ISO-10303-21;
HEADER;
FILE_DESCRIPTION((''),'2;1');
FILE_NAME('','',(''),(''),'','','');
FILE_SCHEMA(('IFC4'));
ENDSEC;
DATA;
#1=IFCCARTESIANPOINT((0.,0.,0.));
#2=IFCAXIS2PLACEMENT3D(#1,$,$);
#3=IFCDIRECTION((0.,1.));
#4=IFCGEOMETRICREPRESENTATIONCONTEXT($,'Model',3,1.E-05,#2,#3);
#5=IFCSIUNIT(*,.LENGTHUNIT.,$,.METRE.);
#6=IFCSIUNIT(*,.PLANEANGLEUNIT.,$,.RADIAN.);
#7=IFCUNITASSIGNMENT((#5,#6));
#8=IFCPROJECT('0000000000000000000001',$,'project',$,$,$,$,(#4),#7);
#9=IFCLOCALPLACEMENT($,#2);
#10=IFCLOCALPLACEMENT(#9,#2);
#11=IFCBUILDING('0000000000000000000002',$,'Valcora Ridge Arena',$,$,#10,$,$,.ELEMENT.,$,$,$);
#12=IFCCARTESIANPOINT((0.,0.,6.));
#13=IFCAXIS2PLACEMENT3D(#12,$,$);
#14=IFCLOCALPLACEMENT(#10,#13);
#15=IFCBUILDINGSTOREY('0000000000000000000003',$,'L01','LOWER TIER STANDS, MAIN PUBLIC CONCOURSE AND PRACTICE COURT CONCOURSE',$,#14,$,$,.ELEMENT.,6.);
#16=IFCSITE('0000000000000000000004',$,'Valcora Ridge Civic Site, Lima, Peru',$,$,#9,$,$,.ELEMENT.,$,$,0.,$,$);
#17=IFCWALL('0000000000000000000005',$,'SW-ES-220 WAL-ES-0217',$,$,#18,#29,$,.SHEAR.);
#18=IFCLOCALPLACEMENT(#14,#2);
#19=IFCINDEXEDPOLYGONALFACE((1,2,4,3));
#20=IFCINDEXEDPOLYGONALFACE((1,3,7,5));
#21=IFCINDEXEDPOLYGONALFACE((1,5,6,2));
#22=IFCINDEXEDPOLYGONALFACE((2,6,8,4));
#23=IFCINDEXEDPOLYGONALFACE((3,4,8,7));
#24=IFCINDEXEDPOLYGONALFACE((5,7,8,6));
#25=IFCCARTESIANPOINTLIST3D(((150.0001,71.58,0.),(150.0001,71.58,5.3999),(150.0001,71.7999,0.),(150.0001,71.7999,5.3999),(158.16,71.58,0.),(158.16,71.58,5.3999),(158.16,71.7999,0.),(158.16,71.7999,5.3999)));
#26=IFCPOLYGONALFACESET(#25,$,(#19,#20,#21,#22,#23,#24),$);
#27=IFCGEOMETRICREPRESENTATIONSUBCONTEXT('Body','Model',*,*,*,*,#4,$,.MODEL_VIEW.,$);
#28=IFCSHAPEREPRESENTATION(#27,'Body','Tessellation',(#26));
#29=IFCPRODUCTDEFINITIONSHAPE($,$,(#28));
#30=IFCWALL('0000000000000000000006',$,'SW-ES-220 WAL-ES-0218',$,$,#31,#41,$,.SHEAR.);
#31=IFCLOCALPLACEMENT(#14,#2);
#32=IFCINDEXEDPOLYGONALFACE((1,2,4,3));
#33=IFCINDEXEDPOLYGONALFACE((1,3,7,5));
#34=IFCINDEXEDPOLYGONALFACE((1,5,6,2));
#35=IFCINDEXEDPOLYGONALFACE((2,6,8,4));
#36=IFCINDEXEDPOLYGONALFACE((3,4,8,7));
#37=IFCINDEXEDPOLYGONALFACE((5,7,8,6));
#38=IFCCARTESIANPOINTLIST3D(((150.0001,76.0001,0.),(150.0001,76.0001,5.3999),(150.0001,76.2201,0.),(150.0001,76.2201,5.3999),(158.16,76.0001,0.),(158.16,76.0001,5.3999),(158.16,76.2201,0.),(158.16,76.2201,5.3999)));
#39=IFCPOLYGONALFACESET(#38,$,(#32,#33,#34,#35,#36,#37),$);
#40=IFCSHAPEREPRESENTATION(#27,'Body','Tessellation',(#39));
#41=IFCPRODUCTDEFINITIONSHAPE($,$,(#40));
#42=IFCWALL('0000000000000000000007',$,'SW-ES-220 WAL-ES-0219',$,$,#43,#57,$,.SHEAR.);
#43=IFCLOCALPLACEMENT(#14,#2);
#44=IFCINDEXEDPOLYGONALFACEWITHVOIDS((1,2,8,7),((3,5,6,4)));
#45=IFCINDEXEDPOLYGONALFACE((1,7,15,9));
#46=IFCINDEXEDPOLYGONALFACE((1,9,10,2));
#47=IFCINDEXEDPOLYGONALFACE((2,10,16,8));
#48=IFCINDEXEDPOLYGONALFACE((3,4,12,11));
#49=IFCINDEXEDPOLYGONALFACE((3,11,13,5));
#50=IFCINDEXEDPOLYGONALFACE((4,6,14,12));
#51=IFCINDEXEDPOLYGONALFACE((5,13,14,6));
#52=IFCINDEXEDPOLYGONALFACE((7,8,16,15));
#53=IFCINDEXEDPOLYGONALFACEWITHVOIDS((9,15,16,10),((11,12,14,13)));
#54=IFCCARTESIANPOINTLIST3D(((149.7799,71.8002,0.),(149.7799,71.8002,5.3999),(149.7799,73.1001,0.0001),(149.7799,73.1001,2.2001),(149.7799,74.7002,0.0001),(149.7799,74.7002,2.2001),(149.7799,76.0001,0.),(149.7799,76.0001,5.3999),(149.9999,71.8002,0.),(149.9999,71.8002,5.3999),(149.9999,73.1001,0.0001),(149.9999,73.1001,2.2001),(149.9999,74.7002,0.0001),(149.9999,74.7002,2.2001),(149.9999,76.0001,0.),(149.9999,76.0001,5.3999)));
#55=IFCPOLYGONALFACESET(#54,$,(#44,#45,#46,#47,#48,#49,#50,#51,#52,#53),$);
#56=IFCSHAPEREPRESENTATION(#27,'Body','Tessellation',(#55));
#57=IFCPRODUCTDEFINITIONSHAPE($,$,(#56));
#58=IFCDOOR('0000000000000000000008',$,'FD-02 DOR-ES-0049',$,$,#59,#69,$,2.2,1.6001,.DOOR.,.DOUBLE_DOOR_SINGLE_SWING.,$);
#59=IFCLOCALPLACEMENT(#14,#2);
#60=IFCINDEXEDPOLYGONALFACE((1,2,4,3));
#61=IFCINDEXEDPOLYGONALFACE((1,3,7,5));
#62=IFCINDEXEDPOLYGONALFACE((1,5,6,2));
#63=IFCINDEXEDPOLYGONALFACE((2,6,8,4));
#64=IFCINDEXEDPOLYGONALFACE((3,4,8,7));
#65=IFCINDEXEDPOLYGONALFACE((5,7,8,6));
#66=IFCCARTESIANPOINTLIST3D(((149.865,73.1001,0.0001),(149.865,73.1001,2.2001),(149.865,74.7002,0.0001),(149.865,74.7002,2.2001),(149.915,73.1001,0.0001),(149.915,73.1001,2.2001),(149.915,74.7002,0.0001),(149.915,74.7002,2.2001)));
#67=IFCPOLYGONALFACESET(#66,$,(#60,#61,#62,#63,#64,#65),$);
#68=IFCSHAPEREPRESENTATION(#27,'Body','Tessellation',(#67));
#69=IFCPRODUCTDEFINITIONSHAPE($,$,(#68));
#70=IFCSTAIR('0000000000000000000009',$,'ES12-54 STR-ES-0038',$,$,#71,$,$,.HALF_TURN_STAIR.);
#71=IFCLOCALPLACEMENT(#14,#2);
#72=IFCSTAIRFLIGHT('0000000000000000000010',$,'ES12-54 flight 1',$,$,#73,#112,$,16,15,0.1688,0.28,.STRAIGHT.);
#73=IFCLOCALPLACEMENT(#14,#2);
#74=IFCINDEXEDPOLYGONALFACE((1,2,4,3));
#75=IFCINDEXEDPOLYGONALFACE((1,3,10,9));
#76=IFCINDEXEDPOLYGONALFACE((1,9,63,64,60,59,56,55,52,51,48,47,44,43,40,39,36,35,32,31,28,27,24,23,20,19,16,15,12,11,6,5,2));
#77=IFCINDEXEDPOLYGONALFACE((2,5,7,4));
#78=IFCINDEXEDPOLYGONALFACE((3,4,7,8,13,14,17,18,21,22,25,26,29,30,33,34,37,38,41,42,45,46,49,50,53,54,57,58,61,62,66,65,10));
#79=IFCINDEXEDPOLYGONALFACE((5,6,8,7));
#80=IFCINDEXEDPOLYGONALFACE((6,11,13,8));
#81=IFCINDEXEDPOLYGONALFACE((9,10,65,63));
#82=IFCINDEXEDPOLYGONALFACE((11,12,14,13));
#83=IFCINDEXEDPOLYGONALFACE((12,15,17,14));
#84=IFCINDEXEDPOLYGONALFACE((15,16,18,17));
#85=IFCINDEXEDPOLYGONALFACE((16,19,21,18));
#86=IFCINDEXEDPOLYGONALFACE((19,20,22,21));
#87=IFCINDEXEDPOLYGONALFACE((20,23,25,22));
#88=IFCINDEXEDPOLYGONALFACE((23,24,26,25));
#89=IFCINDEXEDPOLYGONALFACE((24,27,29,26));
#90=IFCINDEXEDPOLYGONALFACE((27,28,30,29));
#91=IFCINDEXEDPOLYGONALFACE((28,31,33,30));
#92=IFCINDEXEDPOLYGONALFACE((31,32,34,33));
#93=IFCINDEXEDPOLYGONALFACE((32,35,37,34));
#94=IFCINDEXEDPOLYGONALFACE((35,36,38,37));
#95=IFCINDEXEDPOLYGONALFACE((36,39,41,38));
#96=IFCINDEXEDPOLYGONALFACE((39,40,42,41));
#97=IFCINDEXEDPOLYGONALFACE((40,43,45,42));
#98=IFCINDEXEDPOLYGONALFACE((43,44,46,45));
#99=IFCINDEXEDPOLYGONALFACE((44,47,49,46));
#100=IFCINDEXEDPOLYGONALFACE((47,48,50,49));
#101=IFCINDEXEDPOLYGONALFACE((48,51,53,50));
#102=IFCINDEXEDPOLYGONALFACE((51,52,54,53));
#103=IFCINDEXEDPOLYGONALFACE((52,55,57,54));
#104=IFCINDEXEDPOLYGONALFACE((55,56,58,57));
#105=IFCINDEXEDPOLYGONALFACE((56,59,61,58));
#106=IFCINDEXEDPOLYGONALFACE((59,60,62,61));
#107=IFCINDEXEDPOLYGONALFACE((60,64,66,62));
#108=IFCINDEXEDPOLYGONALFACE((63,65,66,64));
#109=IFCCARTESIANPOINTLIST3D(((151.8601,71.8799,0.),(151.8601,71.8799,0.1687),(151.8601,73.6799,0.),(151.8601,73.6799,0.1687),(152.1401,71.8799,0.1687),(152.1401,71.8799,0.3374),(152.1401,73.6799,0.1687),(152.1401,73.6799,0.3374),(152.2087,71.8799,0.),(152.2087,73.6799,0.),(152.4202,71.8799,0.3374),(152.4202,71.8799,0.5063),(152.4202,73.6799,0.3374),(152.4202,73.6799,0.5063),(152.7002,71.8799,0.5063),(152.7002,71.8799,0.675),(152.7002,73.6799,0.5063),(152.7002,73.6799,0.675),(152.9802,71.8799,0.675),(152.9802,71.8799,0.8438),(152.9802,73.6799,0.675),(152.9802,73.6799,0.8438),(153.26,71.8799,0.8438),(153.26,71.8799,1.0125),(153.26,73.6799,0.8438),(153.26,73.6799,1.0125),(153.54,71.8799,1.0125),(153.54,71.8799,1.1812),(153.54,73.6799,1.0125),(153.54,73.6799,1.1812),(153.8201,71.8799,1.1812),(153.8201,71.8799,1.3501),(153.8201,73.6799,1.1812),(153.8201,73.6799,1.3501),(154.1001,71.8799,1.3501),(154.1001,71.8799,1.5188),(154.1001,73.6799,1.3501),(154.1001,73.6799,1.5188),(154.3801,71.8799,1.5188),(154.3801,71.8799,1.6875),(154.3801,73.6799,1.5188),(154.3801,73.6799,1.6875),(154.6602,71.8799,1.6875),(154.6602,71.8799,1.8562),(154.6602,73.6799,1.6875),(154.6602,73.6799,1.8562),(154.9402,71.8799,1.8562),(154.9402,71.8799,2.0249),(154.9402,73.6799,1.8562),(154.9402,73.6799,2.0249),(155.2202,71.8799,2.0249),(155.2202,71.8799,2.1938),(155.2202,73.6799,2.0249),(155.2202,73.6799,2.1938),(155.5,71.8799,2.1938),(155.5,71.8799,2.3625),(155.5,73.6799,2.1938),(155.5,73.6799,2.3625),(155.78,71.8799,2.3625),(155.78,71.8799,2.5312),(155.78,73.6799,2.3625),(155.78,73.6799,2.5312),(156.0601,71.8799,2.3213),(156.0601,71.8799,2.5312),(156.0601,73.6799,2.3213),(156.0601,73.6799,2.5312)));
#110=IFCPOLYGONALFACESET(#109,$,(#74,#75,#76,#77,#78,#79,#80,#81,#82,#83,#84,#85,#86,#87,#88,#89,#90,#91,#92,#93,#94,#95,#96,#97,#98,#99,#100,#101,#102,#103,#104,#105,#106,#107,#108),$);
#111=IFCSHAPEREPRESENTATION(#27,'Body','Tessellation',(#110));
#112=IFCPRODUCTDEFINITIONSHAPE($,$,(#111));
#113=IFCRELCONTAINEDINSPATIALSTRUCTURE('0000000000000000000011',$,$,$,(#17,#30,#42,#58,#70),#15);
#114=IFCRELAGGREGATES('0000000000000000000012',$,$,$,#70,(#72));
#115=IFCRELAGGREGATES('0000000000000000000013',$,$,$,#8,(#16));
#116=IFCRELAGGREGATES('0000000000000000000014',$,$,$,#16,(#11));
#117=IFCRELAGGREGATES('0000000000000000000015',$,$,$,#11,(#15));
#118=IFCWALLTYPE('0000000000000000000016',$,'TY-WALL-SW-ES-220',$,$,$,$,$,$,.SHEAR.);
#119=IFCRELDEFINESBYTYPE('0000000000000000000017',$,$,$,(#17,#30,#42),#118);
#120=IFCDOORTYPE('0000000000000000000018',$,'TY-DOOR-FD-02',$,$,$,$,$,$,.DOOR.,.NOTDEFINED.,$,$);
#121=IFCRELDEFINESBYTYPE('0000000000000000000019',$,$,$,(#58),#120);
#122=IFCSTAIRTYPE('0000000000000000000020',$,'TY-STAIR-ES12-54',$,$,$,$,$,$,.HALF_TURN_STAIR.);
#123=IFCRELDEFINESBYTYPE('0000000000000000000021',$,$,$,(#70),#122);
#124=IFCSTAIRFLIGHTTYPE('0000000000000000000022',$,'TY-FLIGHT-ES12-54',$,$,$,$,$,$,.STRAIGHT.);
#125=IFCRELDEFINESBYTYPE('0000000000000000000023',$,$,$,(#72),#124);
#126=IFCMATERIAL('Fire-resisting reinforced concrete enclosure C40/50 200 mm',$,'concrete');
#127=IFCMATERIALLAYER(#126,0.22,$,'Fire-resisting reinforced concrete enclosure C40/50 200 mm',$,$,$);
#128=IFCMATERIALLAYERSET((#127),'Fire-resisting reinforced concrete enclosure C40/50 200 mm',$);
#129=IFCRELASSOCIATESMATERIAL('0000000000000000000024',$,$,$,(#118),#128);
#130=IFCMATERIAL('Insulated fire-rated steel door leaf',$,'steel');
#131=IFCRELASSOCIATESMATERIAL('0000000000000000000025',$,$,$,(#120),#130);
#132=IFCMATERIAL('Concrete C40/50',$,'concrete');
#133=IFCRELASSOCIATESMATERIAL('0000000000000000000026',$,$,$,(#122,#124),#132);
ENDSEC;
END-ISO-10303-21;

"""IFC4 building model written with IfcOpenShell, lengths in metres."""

from ifc_helpers import new_model, si_unit, direction, frame, frame_2d, origin, place, context, subcontext, project, spatial, polyline, rectangle, outline, extrude, material, layer, layer_set, type_object, element, fill, aggregate, save


model = new_model("IFC4")

# Units and contexts
model_context = context("Model", 3, precision=1e-05, world=origin(), true_north=direction((0.0, 1.0)))
body_context = subcontext(model_context, "Body", "Model", "MODEL_VIEW")
ifc_project = project(units=[si_unit("LENGTHUNIT", "METRE"), si_unit("PLANEANGLEUNIT", "RADIAN")], contexts=[model_context])

# Site, building, storey
site_placement = place(None, origin())
site = spatial("IfcSite", under=ifc_project, at=site_placement, Name="Valcora Ridge Civic Site, Lima, Peru", CompositionType="ELEMENT", RefElevation=0.0)
building_placement = place(site_placement, origin())
building = spatial("IfcBuilding", under=site, at=building_placement, Name="Valcora Ridge Arena", CompositionType="ELEMENT")
storey_placement = place(building_placement, frame((0.0, 0.0, 6.0)))
storey = spatial("IfcBuildingStorey", under=building, at=storey_placement, Name="L01", Description="LOWER TIER STANDS, MAIN PUBLIC CONCOURSE AND PRACTICE COURT CONCOURSE", CompositionType="ELEMENT", Elevation=6.0)

# Walls
ifc_material_1 = material(Name="Fire-resisting reinforced concrete enclosure C40/50 200 mm", Category="concrete")
ifc_layer_1 = layer(ifc_material_1, 0.22, Name="Fire-resisting reinforced concrete enclosure C40/50 200 mm")
ifc_layer_set_1 = layer_set([ifc_layer_1], Name="Fire-resisting reinforced concrete enclosure C40/50 200 mm")
wall_type_1 = type_object("IfcWallType", Name="TY-WALL-SW-ES-220", PredefinedType="SHEAR", material=ifc_layer_set_1)
for number, where, z_axis, x_axis, name in (
    (1, (150.0, 71.6899, 0.0), (0.0, 0.0, 1.0), (1.0, 0.0, 0.0), "SW-ES-220 WAL-ES-0217"),
    (2, (150.0, 76.1101, 0.0), (0.0, 0.0, 1.0), (1.0, 0.0, 0.0), "SW-ES-220 WAL-ES-0218"),
):
    element("IfcWall", number, at=place(storey_placement, frame(where, z_axis=z_axis, x_axis=x_axis)), inside=storey, type_object=wall_type_1, Name=name, PredefinedType="SHEAR", context=body_context, shape_type="SweptSolid", body=[
        extrude(rectangle(XDim=8.1599, YDim=0.22, at=frame_2d((4.0801, 0.0))), origin(), (0.0, 0.0, 1.0), 5.3999),
    ])

# Wall, opening, door
wall_1_placement = place(storey_placement, frame((149.8899, 71.8, 0.0), z_axis=(0.0, 0.0, 1.0), x_axis=(0.0, 1.0, 0.0)))
wall_1 = element("IfcWall", 3, at=wall_1_placement, inside=storey, type_object=wall_type_1, Name="SW-ES-220 WAL-ES-0219", PredefinedType="SHEAR", context=body_context, shape_type="SweptSolid", body=[
    extrude(rectangle(XDim=4.2, YDim=0.22, at=frame_2d((2.1001, 0.0))), origin(), (0.0, 0.0, 1.0), 5.3999),
])
opening_placement = place(wall_1_placement, frame((1.3, 0.0, 0.0)))
opening = element("IfcOpeningElement", 4, at=opening_placement, cuts=wall_1, PredefinedType="OPENING", context=body_context, shape_type="SweptSolid", body=[
    extrude(rectangle(XDim=1.6001, YDim=2.2, at=frame_2d((0.8, 1.1001))), frame((0.0, 0.1199, 0.0), z_axis=(0.0, -1.0, 0.0), x_axis=(1.0, 0.0, 0.0)), (0.0, 0.0, 1.0), 0.24),
])
ifc_material_2 = material(Name="Insulated fire-rated steel door leaf", Category="steel")
door_type = type_object("IfcDoorType", Name="TY-DOOR-FD-02", OperationType="NOTDEFINED", PredefinedType="DOOR", material=ifc_material_2)
door_placement = place(opening_placement, origin())
door = element("IfcDoor", 5, at=door_placement, inside=storey, type_object=door_type, Name="FD-02 DOR-ES-0049", OperationType="DOUBLE_DOOR_SINGLE_SWING", OverallHeight=2.2, OverallWidth=1.6001, PredefinedType="DOOR", context=body_context, shape_type="SweptSolid", body=[
    extrude(rectangle(XDim=1.6001, YDim=2.2, at=frame_2d((0.8, 1.1001))), frame((0.0, 0.0249, 0.0), z_axis=(0.0, -1.0, 0.0), x_axis=(1.0, 0.0, 0.0)), (0.0, 0.0, 1.0), 0.05),
])
fill(opening, door)

# Stair, stair flight
ifc_material_3 = material(Name="Concrete C40/50", Category="concrete")
stair_type = type_object("IfcStairType", Name="TY-STAIR-ES12-54", PredefinedType="HALF_TURN_STAIR", material=ifc_material_3)
stair_placement = place(storey_placement, origin())
stair = element("IfcStair", 6, at=stair_placement, inside=storey, type_object=stair_type, Name="ES12-54 STR-ES-0038", PredefinedType="HALF_TURN_STAIR")
stair_flight_type = type_object("IfcStairFlightType", Name="TY-FLIGHT-ES12-54", PredefinedType="STRAIGHT", material=ifc_material_3)
stair_flight_placement = place(storey_placement, frame((151.8601, 72.78, 0.0), z_axis=(0.0, 0.0, 1.0), x_axis=(1.0, 0.0, 0.0)))
stair_flight = element("IfcStairFlight", 7, at=stair_flight_placement, type_object=stair_flight_type, Name="ES12-54 flight 1", NumberOfRisers=16, NumberOfTreads=15, PredefinedType="STRAIGHT", RiserHeight=0.1688, TreadLength=0.28, context=body_context, shape_type="SweptSolid", body=[
    extrude(outline(polyline([(0.0, 0.0), (0.0, 0.1687), (0.28, 0.1687), (0.28, 0.3374), (0.5601, 0.3374), (0.5601, 0.5063), (0.8401, 0.5063), (0.8401, 0.675), (1.1201, 0.675), (1.1201, 0.8438), (1.3999, 0.8438), (1.3999, 1.0125), (1.6799, 1.0125), (1.6799, 1.1812), (1.96, 1.1812), (1.96, 1.3501), (2.24, 1.3501), (2.24, 1.5188), (2.52, 1.5188), (2.52, 1.6875), (2.8, 1.6875), (2.8, 1.8562), (3.0801, 1.8562), (3.0801, 2.0249), (3.3601, 2.0249), (3.3601, 2.1938), (3.6399, 2.1938), (3.6399, 2.3625), (3.9199, 2.3625), (3.9199, 2.5312), (4.2, 2.5312), (4.2, 2.7), (4.2, 2.3213), (0.3486, 0.0), (0.0, 0.0)])), frame((0.0, 0.8999, 0.0), z_axis=(0.0, -1.0, 0.0), x_axis=(1.0, 0.0, 0.0)), (0.0, 0.0, 1.0), 1.8),
])
aggregate(stair, [stair_flight])

save(model, "model.ifc")
